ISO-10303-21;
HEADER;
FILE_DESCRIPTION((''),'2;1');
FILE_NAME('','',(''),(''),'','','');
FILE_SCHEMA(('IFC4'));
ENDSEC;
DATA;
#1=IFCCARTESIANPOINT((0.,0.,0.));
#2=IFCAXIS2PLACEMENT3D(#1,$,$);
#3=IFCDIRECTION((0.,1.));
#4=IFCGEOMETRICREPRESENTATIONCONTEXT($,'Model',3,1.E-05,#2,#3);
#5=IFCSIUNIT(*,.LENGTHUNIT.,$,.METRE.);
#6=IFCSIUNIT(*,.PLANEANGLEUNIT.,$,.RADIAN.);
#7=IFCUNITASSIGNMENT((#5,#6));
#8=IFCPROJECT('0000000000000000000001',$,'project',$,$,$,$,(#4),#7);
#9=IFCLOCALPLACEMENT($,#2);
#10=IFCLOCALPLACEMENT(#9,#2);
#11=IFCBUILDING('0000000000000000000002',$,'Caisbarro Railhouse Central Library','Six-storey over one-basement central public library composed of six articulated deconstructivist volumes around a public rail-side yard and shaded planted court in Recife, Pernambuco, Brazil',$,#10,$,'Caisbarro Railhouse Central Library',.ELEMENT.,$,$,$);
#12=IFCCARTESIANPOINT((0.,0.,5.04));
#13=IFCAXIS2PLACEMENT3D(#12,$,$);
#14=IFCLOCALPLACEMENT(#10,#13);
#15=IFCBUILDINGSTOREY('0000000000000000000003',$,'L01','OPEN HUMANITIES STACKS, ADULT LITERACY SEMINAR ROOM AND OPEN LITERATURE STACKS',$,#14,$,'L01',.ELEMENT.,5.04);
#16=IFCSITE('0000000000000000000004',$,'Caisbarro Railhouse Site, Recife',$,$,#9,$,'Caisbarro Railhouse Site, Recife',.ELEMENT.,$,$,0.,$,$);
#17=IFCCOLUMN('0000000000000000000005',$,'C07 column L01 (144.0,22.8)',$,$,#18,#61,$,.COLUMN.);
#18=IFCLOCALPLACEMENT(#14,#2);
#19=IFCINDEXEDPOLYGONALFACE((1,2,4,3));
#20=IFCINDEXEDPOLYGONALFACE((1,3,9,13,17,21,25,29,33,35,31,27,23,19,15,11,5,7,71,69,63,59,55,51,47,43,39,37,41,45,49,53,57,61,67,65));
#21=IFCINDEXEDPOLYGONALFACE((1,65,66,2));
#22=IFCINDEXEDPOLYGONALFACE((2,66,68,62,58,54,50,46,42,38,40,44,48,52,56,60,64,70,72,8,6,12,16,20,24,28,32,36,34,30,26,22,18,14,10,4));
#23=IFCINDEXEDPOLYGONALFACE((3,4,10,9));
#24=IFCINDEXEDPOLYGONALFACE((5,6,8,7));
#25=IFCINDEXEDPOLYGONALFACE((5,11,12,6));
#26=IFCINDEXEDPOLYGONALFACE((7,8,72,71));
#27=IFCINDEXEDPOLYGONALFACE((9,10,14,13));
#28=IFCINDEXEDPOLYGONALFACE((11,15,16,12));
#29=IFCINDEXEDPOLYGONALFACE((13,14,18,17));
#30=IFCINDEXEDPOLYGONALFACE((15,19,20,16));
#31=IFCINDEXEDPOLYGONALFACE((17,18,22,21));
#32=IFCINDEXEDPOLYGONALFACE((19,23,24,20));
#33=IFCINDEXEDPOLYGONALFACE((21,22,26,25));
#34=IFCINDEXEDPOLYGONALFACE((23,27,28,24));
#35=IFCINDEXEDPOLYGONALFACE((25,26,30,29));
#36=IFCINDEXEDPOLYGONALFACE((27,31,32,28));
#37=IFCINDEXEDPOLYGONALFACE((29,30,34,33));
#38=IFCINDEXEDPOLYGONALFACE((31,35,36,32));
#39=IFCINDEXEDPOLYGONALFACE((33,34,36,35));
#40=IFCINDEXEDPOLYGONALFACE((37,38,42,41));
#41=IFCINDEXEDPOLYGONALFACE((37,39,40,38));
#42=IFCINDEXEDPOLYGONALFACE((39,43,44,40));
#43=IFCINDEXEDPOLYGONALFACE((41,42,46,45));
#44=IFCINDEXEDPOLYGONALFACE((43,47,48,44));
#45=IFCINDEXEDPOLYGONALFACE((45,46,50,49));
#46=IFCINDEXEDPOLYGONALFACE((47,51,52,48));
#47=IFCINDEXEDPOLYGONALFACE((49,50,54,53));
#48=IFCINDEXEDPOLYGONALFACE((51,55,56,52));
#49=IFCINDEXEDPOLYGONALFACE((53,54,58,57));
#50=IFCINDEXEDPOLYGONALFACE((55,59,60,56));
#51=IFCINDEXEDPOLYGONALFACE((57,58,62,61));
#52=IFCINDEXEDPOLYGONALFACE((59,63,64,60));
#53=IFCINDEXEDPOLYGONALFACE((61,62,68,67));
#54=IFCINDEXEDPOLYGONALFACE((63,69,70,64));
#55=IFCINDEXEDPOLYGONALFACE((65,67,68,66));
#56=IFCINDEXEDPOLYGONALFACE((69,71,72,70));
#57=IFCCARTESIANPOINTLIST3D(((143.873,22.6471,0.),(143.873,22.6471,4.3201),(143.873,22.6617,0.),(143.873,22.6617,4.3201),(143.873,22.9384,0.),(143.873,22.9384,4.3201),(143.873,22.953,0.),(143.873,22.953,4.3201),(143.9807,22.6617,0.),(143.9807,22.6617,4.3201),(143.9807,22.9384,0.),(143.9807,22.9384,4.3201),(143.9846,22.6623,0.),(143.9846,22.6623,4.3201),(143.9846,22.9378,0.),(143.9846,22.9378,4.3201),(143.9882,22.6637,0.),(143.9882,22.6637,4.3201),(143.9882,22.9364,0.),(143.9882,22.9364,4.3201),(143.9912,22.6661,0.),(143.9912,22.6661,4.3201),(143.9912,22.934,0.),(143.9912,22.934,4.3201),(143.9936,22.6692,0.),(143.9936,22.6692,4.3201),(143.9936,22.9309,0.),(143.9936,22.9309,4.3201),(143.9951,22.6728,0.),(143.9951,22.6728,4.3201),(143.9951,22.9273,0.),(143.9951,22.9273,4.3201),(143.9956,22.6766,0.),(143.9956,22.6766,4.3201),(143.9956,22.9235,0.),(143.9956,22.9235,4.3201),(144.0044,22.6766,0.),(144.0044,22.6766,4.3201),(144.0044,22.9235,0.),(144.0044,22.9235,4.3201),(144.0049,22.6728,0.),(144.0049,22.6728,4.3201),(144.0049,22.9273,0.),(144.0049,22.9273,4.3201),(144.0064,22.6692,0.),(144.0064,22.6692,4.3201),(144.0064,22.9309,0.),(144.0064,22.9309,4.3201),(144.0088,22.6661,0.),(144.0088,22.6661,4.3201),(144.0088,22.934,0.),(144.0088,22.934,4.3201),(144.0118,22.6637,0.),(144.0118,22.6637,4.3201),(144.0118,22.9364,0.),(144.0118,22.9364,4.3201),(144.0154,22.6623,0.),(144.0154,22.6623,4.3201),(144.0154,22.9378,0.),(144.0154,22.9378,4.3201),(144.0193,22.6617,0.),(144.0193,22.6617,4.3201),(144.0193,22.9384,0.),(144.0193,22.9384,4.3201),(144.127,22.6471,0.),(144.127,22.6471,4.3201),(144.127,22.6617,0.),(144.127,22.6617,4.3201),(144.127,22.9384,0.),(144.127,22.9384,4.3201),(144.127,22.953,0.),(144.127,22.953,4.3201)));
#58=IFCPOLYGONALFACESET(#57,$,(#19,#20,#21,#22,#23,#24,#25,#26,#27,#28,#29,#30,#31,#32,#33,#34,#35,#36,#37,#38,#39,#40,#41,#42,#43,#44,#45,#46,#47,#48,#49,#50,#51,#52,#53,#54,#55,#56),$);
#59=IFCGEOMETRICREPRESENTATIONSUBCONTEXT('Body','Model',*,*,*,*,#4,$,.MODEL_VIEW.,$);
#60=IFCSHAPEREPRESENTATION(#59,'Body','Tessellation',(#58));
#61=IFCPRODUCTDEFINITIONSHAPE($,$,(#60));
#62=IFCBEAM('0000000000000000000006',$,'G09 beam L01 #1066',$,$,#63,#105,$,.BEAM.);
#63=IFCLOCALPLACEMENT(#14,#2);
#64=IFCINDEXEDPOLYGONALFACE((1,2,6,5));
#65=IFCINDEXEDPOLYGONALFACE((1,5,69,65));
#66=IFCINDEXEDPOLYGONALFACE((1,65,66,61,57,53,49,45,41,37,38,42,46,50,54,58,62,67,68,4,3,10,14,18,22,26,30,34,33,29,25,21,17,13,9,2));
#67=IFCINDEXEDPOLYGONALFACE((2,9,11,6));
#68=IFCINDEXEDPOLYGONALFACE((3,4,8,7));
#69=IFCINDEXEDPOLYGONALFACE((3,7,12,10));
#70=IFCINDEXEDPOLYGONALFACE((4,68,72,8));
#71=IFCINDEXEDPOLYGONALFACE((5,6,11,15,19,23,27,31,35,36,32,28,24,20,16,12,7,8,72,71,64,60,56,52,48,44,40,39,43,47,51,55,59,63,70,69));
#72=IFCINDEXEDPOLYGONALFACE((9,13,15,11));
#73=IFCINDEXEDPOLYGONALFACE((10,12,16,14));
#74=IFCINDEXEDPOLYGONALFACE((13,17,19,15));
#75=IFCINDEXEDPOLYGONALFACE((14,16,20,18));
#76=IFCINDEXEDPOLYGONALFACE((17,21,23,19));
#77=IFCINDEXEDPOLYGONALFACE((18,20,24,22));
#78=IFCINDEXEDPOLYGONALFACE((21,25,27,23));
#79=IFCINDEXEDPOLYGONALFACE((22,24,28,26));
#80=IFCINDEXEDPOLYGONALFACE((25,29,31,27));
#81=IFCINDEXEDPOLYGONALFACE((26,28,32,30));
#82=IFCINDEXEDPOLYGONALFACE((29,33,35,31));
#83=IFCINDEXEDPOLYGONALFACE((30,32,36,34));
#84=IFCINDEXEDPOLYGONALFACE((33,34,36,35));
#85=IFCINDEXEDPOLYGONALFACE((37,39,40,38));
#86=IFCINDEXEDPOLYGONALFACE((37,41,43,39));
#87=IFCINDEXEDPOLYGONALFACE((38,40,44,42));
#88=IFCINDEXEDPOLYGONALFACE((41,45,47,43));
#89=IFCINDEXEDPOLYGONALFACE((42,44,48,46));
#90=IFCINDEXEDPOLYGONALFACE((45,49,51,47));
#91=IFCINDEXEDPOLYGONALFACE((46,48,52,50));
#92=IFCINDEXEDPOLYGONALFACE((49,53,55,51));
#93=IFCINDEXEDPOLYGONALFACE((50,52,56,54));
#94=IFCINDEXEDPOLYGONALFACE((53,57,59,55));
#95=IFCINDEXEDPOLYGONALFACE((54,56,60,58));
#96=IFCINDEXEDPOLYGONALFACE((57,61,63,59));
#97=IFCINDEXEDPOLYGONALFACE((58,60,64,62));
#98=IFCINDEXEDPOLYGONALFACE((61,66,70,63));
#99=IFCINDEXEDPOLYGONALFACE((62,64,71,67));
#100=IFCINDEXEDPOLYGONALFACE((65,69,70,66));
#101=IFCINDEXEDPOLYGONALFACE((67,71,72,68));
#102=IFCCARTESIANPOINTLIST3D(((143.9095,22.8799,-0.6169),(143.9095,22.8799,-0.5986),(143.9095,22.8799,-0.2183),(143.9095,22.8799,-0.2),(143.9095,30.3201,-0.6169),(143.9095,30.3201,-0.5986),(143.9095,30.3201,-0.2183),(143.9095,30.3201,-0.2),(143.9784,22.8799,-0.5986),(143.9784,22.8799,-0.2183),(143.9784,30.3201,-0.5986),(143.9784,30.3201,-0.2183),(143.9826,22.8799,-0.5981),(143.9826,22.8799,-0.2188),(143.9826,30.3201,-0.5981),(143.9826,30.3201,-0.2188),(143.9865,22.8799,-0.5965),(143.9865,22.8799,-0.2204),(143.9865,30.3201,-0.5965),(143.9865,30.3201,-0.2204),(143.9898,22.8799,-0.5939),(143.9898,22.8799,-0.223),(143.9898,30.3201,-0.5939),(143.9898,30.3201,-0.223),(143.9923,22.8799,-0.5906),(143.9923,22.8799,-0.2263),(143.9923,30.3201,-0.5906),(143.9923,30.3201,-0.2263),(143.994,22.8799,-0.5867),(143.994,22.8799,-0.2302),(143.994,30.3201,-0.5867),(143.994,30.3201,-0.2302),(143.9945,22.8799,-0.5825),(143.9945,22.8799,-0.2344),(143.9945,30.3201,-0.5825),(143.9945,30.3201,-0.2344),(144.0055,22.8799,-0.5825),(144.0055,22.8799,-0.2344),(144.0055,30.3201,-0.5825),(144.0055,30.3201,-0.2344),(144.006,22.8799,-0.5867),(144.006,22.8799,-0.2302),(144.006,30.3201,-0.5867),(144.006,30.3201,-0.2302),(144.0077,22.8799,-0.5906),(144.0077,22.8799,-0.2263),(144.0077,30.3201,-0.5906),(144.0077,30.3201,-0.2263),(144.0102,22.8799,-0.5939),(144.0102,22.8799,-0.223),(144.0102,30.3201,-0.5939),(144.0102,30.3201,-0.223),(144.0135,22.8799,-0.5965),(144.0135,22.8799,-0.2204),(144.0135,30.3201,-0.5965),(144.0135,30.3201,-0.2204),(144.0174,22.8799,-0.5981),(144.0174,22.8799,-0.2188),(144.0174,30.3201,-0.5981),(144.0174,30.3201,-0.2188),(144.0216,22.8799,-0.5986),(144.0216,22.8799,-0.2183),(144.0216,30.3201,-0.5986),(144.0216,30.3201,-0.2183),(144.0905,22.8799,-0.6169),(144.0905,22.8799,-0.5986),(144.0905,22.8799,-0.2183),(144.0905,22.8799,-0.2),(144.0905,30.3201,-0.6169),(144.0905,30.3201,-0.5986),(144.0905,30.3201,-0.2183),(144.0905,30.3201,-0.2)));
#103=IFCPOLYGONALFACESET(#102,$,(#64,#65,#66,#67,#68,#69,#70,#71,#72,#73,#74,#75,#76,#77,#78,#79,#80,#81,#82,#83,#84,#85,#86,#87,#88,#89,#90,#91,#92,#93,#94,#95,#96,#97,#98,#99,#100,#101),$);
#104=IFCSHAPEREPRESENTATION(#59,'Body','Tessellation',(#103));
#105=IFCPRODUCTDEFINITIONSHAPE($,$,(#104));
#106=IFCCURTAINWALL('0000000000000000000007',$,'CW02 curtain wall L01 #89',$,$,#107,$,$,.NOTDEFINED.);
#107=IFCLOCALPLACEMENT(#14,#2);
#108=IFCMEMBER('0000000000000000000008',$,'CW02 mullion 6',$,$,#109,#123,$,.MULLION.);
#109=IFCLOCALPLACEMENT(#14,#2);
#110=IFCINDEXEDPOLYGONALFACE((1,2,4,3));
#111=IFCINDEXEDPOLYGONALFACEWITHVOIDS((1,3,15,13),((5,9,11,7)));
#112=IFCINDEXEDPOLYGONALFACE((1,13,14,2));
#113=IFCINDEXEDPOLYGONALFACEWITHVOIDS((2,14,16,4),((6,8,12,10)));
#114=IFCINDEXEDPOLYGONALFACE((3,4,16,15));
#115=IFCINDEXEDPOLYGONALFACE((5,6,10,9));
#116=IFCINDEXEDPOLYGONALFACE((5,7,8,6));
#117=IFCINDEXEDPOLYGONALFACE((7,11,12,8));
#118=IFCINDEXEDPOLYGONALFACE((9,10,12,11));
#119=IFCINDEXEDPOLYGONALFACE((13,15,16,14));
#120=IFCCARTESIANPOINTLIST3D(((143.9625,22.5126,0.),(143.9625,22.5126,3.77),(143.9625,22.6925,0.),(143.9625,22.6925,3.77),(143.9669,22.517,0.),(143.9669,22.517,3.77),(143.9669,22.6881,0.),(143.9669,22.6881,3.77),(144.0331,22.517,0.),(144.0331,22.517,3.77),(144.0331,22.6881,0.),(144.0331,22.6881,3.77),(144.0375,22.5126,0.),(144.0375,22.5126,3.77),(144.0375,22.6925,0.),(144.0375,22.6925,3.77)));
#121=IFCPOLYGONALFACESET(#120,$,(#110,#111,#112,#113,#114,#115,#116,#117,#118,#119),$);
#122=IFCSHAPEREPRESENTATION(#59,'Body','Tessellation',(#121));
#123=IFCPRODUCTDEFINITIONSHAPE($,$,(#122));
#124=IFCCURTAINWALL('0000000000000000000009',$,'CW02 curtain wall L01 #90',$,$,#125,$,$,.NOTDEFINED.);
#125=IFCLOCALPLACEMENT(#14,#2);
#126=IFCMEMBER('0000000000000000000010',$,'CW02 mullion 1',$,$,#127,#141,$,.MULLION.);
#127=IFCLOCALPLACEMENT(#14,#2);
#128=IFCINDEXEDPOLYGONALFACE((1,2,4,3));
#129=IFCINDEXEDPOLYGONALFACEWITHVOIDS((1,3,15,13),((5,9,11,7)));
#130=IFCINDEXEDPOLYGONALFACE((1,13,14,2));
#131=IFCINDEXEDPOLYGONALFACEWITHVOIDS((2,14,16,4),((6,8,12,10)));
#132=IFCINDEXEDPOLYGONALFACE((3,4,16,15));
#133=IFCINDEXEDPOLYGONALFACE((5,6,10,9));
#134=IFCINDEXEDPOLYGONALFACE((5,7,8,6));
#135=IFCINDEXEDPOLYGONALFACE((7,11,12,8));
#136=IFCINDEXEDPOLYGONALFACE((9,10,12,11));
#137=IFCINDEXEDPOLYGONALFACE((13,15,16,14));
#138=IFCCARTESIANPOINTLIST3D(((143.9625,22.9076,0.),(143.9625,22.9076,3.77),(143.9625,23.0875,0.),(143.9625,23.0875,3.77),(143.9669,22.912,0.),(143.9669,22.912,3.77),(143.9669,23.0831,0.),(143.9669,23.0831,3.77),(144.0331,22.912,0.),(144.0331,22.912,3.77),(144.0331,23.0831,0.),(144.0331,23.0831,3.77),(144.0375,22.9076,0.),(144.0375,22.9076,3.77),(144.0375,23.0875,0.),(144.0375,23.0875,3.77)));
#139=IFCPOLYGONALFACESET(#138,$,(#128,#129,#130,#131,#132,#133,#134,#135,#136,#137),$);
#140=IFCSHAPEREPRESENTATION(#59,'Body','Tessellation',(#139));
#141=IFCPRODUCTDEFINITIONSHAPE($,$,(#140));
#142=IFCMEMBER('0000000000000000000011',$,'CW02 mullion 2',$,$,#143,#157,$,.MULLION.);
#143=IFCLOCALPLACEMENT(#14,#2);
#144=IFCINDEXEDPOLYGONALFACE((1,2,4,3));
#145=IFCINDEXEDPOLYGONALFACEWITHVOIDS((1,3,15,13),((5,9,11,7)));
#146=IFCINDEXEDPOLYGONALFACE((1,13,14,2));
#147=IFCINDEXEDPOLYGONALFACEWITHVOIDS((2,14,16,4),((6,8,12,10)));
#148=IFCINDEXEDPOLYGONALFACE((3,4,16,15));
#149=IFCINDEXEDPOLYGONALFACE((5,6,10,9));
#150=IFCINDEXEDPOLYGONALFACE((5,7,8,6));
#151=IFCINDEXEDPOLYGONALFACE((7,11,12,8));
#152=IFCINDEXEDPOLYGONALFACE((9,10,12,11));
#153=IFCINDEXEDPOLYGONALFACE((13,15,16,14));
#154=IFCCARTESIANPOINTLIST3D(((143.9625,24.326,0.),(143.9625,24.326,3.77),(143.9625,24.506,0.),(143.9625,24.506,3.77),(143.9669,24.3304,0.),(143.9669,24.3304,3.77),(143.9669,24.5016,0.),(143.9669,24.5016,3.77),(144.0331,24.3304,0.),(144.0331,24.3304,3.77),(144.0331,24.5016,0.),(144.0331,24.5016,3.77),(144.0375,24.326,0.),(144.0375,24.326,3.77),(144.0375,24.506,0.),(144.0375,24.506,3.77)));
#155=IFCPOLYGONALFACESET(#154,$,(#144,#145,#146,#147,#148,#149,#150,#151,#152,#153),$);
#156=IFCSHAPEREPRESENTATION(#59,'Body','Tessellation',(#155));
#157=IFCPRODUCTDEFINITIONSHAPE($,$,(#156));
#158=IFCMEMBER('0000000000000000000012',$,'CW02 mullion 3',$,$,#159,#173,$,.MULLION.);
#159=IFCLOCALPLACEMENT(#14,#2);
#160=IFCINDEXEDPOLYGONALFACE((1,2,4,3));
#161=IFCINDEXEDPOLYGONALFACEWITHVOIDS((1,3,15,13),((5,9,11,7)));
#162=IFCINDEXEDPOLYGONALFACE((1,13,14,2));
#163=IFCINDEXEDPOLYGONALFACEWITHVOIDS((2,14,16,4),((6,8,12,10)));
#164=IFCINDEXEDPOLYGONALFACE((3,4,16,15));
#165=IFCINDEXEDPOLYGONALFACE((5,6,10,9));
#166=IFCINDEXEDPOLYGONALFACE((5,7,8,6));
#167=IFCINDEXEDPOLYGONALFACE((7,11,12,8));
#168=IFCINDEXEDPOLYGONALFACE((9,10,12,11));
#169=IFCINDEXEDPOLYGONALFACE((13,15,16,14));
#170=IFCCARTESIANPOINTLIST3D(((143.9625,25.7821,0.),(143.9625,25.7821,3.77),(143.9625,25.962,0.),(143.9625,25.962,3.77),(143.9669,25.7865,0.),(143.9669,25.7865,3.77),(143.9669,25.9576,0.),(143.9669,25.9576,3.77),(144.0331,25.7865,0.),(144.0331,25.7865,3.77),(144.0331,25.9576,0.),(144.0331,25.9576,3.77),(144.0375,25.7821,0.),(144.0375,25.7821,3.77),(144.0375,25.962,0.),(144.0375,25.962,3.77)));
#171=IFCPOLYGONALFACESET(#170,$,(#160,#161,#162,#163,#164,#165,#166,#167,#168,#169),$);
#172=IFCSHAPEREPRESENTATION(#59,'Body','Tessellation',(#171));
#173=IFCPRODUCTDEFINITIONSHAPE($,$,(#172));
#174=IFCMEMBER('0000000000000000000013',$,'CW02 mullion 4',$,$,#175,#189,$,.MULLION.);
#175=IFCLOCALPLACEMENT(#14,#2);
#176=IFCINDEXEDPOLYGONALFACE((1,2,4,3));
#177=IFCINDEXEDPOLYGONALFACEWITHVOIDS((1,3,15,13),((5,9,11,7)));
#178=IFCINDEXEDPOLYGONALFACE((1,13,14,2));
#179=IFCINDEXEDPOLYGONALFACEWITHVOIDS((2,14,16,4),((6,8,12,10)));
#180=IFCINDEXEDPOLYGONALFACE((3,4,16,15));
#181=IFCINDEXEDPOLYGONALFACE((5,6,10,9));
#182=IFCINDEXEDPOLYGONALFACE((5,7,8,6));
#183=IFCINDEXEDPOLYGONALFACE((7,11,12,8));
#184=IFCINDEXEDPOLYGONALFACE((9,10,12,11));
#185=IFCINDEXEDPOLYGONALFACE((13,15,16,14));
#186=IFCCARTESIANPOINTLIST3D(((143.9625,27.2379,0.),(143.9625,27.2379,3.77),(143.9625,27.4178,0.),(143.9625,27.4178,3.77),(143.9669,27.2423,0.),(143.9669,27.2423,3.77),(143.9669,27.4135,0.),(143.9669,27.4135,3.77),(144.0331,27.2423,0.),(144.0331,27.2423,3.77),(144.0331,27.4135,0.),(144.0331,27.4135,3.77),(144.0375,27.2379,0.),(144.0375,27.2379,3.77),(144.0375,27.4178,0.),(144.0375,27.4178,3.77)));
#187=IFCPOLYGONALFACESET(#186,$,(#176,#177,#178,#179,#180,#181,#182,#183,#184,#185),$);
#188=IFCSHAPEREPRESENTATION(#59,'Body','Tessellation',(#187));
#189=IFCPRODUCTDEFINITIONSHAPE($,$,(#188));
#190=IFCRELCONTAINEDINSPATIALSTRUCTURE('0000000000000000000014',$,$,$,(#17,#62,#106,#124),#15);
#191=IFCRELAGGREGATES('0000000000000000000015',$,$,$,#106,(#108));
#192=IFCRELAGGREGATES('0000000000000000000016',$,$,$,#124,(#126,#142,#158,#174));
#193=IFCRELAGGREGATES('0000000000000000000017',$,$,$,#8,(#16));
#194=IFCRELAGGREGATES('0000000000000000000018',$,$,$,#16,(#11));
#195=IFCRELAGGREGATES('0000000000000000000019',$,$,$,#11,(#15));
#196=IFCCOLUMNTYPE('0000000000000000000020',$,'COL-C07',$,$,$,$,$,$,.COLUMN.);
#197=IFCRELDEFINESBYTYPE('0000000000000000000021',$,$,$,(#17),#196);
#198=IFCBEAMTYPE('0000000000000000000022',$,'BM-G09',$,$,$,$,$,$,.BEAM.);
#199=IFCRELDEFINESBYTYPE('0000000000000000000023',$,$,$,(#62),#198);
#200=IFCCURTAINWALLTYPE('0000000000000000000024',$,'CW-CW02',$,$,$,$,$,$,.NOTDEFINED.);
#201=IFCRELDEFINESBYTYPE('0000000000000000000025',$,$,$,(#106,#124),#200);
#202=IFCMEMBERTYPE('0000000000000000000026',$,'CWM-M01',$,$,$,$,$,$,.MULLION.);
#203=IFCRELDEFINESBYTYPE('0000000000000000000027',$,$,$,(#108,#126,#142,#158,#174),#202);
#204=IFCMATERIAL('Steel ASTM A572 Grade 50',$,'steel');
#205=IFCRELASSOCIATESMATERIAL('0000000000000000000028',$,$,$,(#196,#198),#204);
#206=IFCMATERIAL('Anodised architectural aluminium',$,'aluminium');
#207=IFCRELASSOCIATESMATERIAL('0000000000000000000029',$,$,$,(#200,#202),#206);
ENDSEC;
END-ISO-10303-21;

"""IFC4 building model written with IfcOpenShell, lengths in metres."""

from ifc_helpers import new_model, si_unit, direction, frame, origin, origin_2d, place, context, subcontext, project, spatial, hollow_rectangle, i_section, extrude, material, material_profile, profile_set, type_object, element, aggregate, save


model = new_model("IFC4")

# Units and contexts
model_context = context("Model", 3, precision=1e-05, world=origin(), true_north=direction((0.0, 1.0)))
body_context = subcontext(model_context, "Body", "Model", "MODEL_VIEW")
ifc_project = project(units=[si_unit("LENGTHUNIT", "METRE"), si_unit("PLANEANGLEUNIT", "RADIAN")], contexts=[model_context])

# Site, building, storey
site_placement = place(None, origin())
site = spatial("IfcSite", under=ifc_project, at=site_placement, Name="Caisbarro Railhouse Site, Recife", LongName="Caisbarro Railhouse Site, Recife", CompositionType="ELEMENT", RefElevation=0.0)
building_placement = place(site_placement, origin())
building = spatial("IfcBuilding", under=site, at=building_placement, Name="Caisbarro Railhouse Central Library", Description="Six-storey over one-basement central public library composed of six articulated deconstructivist volumes around a public rail-side yard and shaded planted court in Recife, Pernambuco, Brazil", LongName="Caisbarro Railhouse Central Library", CompositionType="ELEMENT")
storey_placement = place(building_placement, frame((0.0, 0.0, 5.04)))
storey = spatial("IfcBuildingStorey", under=building, at=storey_placement, Name="L01", Description="OPEN HUMANITIES STACKS, ADULT LITERACY SEMINAR ROOM AND OPEN LITERATURE STACKS", LongName="L01", CompositionType="ELEMENT", Elevation=5.04)

# Column
ifc_material_1 = material(Name="Steel ASTM A572 Grade 50", Category="steel")
ifc_material_profile_1 = material_profile(ifc_material_1, i_section(OverallWidth=0.2539, OverallDepth=0.3059, WebThickness=0.0088, FlangeThickness=0.0146, FilletRadius=0.0149, at=origin_2d()), Name="W310X79.0")
ifc_profile_set_1 = profile_set([ifc_material_profile_1], Name="Steel ASTM A572 Grade 50")
column_type = type_object("IfcColumnType", Name="COL-C07", PredefinedType="COLUMN", material=ifc_profile_set_1)
column_placement = place(storey_placement, frame((144.0, 22.8, 0.0), z_axis=(0.0, 0.0, 1.0), x_axis=(1.0, 0.0, 0.0)))
element("IfcColumn", 1, at=column_placement, inside=storey, type_object=column_type, Name="C07 column L01 (144.0,22.8)", PredefinedType="COLUMN", context=body_context, shape_type="SweptSolid", body=[
    extrude(i_section(OverallWidth=0.2539, OverallDepth=0.3059, WebThickness=0.0088, FlangeThickness=0.0146, FilletRadius=0.0149, at=origin_2d()), origin(), (0.0, 0.0, 1.0), 4.3201),
])

# Beam
ifc_material_profile_2 = material_profile(ifc_material_1, i_section(OverallWidth=0.1809, OverallDepth=0.417, WebThickness=0.011, FlangeThickness=0.0183, FilletRadius=0.0161, at=origin_2d()), Name="W410X85.0")
ifc_profile_set_2 = profile_set([ifc_material_profile_2], Name="Steel ASTM A572 Grade 50")
beam_type = type_object("IfcBeamType", Name="BM-G09", PredefinedType="BEAM", material=ifc_profile_set_2)
beam_placement = place(storey_placement, frame((144.0, 22.8799, -0.4084), z_axis=(0.0, 1.0, 0.0), x_axis=(-1.0, 0.0, 0.0)))
element("IfcBeam", 2, at=beam_placement, inside=storey, type_object=beam_type, Name="G09 beam L01 #1066", PredefinedType="BEAM", context=body_context, shape_type="SweptSolid", body=[
    extrude(i_section(OverallWidth=0.1809, OverallDepth=0.417, WebThickness=0.011, FlangeThickness=0.0183, FilletRadius=0.0161, at=origin_2d()), origin(), (0.0, 0.0, 1.0), 7.4402),
])

# Curtain wall, member
ifc_material_2 = material(Name="Anodised architectural aluminium", Category="aluminium")
curtain_wall_type = type_object("IfcCurtainWallType", Name="CW-CW02", PredefinedType="NOTDEFINED", material=ifc_material_2)
curtain_wall_1_placement = place(storey_placement, origin())
curtain_wall_1 = element("IfcCurtainWall", 3, at=curtain_wall_1_placement, inside=storey, type_object=curtain_wall_type, Name="CW02 curtain wall L01 #89", PredefinedType="NOTDEFINED")
ifc_material_profile_3 = material_profile(ifc_material_2, hollow_rectangle(XDim=0.075, YDim=0.1799, WallThickness=0.0044, at=origin_2d()), Name="ALU-MUL-75X180")
ifc_profile_set_3 = profile_set([ifc_material_profile_3], Name="Anodised architectural aluminium")
member_type_1 = type_object("IfcMemberType", Name="CWM-M01", PredefinedType="MULLION", material=ifc_profile_set_3)
member_1_placement = place(storey_placement, frame((144.0, 22.6025, 0.0), z_axis=(0.0, 0.0, 1.0), x_axis=(-1.0, 0.0, 0.0)))
member_1 = element("IfcMember", 4, at=member_1_placement, type_object=member_type_1, Name="CW02 mullion 6", PredefinedType="MULLION", context=body_context, shape_type="SweptSolid", body=[
    extrude(hollow_rectangle(XDim=0.075, YDim=0.1799, WallThickness=0.0044, at=origin_2d()), origin(), (0.0, 0.0, 1.0), 3.77),
])

# Curtain wall, members
curtain_wall_2_placement = place(storey_placement, origin())
curtain_wall_2 = element("IfcCurtainWall", 5, at=curtain_wall_2_placement, inside=storey, type_object=curtain_wall_type, Name="CW02 curtain wall L01 #90", PredefinedType="NOTDEFINED")
member_2_placement = place(storey_placement, frame((144.0, 22.9976, 0.0), z_axis=(0.0, 0.0, 1.0), x_axis=(-1.0, 0.0, 0.0)))
member_2 = element("IfcMember", 6, at=member_2_placement, type_object=member_type_1, Name="CW02 mullion 1", PredefinedType="MULLION", context=body_context, shape_type="SweptSolid", body=[
    extrude(hollow_rectangle(XDim=0.075, YDim=0.1799, WallThickness=0.0044, at=origin_2d()), origin(), (0.0, 0.0, 1.0), 3.77),
])
member_3_placement = place(storey_placement, frame((144.0, 24.416, 0.0), z_axis=(0.0, 0.0, 1.0), x_axis=(-1.0, 0.0, 0.0)))
member_3 = element("IfcMember", 7, at=member_3_placement, type_object=member_type_1, Name="CW02 mullion 2", PredefinedType="MULLION", context=body_context, shape_type="SweptSolid", body=[
    extrude(hollow_rectangle(XDim=0.075, YDim=0.1799, WallThickness=0.0044, at=origin_2d()), origin(), (0.0, 0.0, 1.0), 3.77),
])
member_4_placement = place(storey_placement, frame((144.0, 25.8721, 0.0), z_axis=(0.0, 0.0, 1.0), x_axis=(-1.0, 0.0, 0.0)))
member_4 = element("IfcMember", 8, at=member_4_placement, type_object=member_type_1, Name="CW02 mullion 3", PredefinedType="MULLION", context=body_context, shape_type="SweptSolid", body=[
    extrude(hollow_rectangle(XDim=0.075, YDim=0.1799, WallThickness=0.0044, at=origin_2d()), origin(), (0.0, 0.0, 1.0), 3.77),
])
member_5_placement = place(storey_placement, frame((144.0, 27.3279, 0.0), z_axis=(0.0, 0.0, 1.0), x_axis=(-1.0, 0.0, 0.0)))
member_5 = element("IfcMember", 9, at=member_5_placement, type_object=member_type_1, Name="CW02 mullion 4", PredefinedType="MULLION", context=body_context, shape_type="SweptSolid", body=[
    extrude(hollow_rectangle(XDim=0.075, YDim=0.1799, WallThickness=0.0044, at=origin_2d()), origin(), (0.0, 0.0, 1.0), 3.77),
])

aggregate(curtain_wall_1, [member_1])
aggregate(curtain_wall_2, [member_2, member_3, member_4, member_5])

save(model, "model.ifc")
